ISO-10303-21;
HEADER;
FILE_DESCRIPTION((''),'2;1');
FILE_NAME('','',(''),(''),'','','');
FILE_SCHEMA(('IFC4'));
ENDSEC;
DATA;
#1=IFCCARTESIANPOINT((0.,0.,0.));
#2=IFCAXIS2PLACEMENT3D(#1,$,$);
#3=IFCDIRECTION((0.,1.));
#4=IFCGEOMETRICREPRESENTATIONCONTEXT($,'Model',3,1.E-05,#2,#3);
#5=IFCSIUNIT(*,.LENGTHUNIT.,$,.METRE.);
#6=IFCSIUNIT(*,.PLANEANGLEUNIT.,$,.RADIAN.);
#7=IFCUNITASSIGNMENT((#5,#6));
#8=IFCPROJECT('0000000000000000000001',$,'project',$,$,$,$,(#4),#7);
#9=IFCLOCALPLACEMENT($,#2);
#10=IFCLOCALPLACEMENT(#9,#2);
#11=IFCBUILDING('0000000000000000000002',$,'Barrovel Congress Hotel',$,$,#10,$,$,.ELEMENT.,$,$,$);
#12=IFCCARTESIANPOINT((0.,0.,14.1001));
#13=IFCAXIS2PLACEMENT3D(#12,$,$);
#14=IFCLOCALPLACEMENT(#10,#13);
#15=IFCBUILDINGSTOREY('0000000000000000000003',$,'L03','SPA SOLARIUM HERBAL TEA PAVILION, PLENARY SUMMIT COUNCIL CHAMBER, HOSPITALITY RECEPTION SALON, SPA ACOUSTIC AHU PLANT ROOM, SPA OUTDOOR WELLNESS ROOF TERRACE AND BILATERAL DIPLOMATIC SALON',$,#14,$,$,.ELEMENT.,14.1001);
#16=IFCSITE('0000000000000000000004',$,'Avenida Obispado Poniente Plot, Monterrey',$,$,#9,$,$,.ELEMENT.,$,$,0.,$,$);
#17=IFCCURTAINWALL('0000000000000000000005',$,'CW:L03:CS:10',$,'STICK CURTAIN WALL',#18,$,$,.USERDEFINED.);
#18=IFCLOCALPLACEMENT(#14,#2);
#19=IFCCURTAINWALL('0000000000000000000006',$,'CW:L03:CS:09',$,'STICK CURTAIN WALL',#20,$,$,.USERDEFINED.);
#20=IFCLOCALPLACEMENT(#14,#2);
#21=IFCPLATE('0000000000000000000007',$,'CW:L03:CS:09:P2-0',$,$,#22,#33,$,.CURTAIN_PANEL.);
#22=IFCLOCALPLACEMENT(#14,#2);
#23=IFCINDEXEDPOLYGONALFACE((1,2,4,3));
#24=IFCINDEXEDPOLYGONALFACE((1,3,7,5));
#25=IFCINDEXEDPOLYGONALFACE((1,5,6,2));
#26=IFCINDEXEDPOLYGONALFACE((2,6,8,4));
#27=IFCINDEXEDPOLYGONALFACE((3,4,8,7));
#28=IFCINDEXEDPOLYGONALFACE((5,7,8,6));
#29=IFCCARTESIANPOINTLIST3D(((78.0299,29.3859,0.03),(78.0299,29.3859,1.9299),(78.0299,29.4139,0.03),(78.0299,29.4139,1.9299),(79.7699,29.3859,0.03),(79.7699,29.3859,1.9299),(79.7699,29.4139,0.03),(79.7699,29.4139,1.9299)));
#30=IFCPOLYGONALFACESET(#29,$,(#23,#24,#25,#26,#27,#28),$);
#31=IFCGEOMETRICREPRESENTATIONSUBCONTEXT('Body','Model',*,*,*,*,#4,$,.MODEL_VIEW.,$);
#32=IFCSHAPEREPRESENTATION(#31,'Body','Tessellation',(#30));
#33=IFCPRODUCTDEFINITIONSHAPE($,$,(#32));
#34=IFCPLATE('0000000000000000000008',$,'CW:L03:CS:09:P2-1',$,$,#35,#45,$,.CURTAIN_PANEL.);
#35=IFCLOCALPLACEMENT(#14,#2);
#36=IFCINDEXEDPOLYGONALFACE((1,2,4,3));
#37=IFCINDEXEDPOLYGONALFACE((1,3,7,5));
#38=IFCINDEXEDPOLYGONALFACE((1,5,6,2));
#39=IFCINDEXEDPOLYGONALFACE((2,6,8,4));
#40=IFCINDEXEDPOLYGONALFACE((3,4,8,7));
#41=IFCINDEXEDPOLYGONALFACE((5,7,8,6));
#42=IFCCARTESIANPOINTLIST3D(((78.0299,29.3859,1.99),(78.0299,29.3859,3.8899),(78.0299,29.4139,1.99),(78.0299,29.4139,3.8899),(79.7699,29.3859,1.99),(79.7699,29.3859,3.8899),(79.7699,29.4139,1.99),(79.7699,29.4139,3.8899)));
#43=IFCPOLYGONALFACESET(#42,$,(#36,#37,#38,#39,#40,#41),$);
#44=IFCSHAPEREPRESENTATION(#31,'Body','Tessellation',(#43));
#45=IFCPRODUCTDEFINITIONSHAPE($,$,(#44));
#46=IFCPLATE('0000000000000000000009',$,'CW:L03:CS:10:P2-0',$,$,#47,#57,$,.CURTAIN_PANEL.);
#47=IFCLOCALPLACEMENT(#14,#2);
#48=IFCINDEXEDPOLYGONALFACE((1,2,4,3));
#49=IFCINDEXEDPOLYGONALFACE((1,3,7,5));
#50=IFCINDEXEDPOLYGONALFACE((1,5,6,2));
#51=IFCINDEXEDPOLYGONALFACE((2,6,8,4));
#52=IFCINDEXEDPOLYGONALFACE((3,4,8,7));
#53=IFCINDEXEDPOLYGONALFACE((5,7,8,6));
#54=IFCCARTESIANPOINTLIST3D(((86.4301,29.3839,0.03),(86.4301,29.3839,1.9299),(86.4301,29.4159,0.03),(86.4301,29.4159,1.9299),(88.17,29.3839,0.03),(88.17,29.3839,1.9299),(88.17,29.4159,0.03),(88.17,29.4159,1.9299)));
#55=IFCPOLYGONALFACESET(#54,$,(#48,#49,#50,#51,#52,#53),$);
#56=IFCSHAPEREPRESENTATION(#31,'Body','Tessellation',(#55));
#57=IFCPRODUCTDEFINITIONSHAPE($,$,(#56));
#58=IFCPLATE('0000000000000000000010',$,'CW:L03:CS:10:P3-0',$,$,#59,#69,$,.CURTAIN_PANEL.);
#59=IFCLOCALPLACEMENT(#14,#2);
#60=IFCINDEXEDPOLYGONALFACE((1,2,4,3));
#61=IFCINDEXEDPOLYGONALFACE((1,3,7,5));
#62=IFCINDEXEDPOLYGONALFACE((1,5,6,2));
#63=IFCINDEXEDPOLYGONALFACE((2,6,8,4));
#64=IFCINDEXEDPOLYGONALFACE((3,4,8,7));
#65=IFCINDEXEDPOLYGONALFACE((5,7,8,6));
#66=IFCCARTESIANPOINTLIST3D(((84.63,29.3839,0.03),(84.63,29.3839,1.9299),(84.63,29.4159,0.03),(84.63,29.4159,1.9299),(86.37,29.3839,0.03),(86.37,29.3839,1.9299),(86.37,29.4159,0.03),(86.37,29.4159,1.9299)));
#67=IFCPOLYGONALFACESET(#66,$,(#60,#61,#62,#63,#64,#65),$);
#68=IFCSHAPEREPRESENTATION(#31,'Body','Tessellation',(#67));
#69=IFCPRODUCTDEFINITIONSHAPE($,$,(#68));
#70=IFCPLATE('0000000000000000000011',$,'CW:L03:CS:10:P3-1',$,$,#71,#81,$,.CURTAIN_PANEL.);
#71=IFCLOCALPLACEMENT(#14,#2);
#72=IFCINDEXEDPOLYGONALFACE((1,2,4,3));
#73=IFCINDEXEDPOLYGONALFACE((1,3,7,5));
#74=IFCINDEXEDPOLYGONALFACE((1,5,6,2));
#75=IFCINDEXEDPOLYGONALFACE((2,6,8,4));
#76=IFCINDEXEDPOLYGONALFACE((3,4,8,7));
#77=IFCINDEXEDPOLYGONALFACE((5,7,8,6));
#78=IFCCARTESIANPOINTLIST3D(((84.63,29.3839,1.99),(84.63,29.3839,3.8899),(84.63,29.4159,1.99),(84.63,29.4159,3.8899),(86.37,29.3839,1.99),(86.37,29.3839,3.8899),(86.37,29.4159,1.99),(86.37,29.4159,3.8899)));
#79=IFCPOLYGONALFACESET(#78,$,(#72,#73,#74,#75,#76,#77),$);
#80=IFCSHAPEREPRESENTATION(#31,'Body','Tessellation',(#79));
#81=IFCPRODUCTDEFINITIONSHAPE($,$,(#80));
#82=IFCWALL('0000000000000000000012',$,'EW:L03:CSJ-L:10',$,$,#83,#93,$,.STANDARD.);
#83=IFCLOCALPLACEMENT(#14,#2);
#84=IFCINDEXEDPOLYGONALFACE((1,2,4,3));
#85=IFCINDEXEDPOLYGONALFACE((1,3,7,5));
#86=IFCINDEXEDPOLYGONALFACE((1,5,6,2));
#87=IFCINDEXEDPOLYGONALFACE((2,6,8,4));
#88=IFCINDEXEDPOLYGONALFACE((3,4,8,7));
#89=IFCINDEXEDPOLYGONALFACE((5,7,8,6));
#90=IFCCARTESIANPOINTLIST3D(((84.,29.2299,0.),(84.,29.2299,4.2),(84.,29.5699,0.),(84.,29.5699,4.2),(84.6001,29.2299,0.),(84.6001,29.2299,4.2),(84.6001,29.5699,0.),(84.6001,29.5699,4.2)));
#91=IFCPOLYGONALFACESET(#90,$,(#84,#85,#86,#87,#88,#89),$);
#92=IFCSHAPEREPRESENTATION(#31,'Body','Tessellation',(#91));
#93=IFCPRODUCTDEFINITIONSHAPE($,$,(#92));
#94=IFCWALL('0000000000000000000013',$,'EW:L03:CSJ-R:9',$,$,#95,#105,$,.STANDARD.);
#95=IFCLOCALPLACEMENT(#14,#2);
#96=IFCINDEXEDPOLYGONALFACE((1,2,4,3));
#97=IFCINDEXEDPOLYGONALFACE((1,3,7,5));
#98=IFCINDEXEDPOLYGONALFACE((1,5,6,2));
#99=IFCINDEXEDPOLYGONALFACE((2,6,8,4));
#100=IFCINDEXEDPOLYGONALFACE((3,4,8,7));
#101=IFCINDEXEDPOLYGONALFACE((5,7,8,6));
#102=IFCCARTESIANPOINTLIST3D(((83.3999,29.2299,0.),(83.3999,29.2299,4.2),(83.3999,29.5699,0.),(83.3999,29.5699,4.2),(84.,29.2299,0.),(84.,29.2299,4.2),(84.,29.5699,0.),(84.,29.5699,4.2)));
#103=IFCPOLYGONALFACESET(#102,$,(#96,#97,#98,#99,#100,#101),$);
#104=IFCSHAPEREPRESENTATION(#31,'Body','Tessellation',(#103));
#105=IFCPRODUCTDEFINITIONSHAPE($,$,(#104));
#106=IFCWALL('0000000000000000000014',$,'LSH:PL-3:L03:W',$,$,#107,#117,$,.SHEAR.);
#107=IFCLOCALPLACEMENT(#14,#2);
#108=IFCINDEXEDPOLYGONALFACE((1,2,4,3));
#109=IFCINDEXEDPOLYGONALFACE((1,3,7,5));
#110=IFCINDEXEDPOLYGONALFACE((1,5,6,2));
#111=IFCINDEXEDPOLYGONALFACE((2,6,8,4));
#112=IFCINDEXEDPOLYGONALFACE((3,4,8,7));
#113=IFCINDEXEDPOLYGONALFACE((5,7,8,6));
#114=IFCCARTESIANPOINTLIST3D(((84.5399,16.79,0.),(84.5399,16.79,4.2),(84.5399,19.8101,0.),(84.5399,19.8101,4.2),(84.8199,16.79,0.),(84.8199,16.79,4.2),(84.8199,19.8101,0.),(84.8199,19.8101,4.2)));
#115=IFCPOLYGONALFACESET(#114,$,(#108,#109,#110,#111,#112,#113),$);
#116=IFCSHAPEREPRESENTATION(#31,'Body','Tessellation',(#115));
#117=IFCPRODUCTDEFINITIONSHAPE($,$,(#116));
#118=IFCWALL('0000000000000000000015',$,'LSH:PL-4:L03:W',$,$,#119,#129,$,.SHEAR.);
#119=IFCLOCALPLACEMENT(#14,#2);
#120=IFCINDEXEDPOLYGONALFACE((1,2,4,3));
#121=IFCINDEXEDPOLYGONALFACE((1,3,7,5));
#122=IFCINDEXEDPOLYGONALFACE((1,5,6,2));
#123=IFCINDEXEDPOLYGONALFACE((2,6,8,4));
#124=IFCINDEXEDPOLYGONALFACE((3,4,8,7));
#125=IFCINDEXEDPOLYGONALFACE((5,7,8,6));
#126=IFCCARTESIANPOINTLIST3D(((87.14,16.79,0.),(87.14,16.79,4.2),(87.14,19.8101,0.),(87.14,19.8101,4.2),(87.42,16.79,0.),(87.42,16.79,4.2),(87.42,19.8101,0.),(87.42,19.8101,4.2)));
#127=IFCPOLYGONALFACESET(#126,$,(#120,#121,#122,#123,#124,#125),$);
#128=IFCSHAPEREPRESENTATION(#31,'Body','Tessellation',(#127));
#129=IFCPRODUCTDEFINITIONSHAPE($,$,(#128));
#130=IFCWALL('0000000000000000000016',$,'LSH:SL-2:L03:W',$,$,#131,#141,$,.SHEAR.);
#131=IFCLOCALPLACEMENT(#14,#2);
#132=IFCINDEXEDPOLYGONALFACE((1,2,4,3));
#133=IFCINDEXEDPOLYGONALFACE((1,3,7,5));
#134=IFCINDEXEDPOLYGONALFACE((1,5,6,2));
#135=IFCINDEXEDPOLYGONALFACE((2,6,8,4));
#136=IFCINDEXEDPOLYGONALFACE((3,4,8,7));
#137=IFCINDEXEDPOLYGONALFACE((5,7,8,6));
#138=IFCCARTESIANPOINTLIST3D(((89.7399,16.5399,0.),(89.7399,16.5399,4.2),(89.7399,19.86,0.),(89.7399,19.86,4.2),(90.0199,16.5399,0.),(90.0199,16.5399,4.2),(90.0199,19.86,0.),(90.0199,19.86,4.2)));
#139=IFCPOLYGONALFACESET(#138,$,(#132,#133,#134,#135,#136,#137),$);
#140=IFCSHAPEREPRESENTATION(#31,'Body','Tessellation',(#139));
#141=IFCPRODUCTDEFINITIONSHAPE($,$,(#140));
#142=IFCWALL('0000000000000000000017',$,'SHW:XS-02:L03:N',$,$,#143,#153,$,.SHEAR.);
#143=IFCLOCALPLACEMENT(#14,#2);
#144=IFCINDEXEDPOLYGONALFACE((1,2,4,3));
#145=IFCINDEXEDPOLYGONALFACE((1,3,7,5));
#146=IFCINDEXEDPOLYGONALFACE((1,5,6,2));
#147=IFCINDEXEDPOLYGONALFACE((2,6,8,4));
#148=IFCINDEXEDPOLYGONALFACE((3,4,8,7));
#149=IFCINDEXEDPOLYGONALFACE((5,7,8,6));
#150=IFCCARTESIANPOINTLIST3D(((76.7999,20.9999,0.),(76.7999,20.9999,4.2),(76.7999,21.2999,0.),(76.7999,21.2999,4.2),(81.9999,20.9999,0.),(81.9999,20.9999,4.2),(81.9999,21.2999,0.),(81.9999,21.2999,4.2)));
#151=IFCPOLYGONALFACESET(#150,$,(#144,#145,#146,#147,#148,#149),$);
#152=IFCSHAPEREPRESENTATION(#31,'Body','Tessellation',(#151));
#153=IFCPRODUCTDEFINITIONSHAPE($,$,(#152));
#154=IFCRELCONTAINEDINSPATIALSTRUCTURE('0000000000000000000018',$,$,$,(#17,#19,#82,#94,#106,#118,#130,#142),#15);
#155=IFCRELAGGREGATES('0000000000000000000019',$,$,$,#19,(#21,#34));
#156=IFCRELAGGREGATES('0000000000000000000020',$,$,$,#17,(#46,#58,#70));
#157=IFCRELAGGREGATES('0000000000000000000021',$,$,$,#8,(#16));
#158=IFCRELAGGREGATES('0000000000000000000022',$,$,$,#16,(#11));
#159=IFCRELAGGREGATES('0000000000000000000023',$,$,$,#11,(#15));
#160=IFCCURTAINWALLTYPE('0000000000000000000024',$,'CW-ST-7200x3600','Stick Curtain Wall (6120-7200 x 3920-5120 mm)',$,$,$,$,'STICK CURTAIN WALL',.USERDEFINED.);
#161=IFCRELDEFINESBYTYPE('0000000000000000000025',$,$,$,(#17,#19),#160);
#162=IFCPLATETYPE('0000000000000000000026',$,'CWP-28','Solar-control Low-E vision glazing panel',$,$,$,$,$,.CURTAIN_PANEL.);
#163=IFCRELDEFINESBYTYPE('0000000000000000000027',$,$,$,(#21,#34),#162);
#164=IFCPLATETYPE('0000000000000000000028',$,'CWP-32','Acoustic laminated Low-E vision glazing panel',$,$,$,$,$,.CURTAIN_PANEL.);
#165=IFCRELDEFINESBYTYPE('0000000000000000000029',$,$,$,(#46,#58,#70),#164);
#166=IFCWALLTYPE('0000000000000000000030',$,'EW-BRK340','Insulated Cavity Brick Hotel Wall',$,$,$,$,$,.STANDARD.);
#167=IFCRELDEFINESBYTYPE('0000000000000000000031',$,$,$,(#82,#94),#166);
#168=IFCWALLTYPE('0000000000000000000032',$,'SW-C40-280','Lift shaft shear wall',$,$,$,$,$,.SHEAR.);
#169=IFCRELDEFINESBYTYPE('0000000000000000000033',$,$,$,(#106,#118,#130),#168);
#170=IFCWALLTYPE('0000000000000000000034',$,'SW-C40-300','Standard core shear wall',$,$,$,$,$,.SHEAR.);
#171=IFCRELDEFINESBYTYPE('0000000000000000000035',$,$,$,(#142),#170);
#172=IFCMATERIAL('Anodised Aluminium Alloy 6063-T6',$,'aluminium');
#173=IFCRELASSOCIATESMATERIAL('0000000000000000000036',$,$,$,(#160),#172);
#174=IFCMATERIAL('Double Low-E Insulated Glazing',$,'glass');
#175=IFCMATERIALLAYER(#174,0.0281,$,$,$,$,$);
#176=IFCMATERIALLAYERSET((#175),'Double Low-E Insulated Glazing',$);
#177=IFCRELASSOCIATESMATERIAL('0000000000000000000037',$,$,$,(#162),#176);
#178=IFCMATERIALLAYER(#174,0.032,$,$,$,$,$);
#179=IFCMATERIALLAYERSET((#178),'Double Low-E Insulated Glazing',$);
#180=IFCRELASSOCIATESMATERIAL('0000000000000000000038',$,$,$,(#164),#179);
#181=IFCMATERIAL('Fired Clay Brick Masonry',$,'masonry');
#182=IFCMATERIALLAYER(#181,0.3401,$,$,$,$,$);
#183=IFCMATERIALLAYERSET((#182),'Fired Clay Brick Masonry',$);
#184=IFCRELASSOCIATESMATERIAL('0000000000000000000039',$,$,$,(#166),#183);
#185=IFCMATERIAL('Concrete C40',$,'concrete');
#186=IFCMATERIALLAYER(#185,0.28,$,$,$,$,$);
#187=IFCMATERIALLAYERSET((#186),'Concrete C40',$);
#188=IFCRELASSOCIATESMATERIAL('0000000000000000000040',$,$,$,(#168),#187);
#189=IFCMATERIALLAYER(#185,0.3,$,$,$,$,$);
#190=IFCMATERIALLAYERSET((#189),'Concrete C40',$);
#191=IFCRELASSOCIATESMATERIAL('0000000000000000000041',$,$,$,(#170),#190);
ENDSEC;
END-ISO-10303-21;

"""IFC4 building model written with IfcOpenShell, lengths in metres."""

from ifc_helpers import new_model, si_unit, direction, frame, frame_2d, origin, origin_2d, place, context, subcontext, project, spatial, rectangle, extrude, material, layer, layer_set, type_object, element, aggregate, save


model = new_model("IFC4")

# Units and contexts
model_context = context("Model", 3, precision=1e-05, world=origin(), true_north=direction((0.0, 1.0)))
body_context = subcontext(model_context, "Body", "Model", "MODEL_VIEW")
ifc_project = project(units=[si_unit("LENGTHUNIT", "METRE"), si_unit("PLANEANGLEUNIT", "RADIAN")], contexts=[model_context])

# Site, building, storey
site_placement = place(None, origin())
site = spatial("IfcSite", under=ifc_project, at=site_placement, Name="Avenida Obispado Poniente Plot, Monterrey", CompositionType="ELEMENT", RefElevation=0.0)
building_placement = place(site_placement, origin())
building = spatial("IfcBuilding", under=site, at=building_placement, Name="Barrovel Congress Hotel", CompositionType="ELEMENT")
storey_placement = place(building_placement, frame((0.0, 0.0, 14.1001)))
storey = spatial("IfcBuildingStorey", under=building, at=storey_placement, Name="L03", Description="SPA SOLARIUM HERBAL TEA PAVILION, PLENARY SUMMIT COUNCIL CHAMBER, HOSPITALITY RECEPTION SALON, SPA ACOUSTIC AHU PLANT ROOM, SPA OUTDOOR WELLNESS ROOF TERRACE AND BILATERAL DIPLOMATIC SALON", CompositionType="ELEMENT", Elevation=14.1001)

# Shared definitions
ifc_material_1 = material(Name="Concrete C40", Category="concrete")

# Curtain walls
ifc_material_2 = material(Name="Anodised Aluminium Alloy 6063-T6", Category="aluminium")
curtain_wall_type = type_object("IfcCurtainWallType", Name="CW-ST-7200x3600", Description="Stick Curtain Wall (6120-7200 x 3920-5120 mm)", ElementType="STICK CURTAIN WALL", PredefinedType="USERDEFINED", material=ifc_material_2)
curtain_wall_1_placement = place(storey_placement, origin())
curtain_wall_1 = element("IfcCurtainWall", 1, at=curtain_wall_1_placement, inside=storey, type_object=curtain_wall_type, Name="CW:L03:CS:10", ObjectType="STICK CURTAIN WALL", PredefinedType="USERDEFINED")
curtain_wall_2_placement = place(storey_placement, origin())
curtain_wall_2 = element("IfcCurtainWall", 2, at=curtain_wall_2_placement, inside=storey, type_object=curtain_wall_type, Name="CW:L03:CS:09", ObjectType="STICK CURTAIN WALL", PredefinedType="USERDEFINED")

# Plates
ifc_material_3 = material(Name="Double Low-E Insulated Glazing", Category="glass")
ifc_layer_1 = layer(ifc_material_3, 0.0281)
ifc_layer_set_1 = layer_set([ifc_layer_1], Name="Double Low-E Insulated Glazing")
plate_type_1 = type_object("IfcPlateType", Name="CWP-28", Description="Solar-control Low-E vision glazing panel", PredefinedType="CURTAIN_PANEL", material=ifc_layer_set_1)
plate_1_placement = place(storey_placement, frame((78.8999, 29.3999, 0.03), z_axis=(0.0, 0.0, 1.0), x_axis=(-1.0, 0.0, 0.0)))
plate_1 = element("IfcPlate", 3, at=plate_1_placement, type_object=plate_type_1, Name="CW:L03:CS:09:P2-0", PredefinedType="CURTAIN_PANEL", context=body_context, shape_type="SweptSolid", body=[
    extrude(rectangle(XDim=1.74, YDim=0.0281, at=origin_2d()), origin(), (0.0, 0.0, 1.0), 1.8999),
])
plate_2_placement = place(storey_placement, frame((78.8999, 29.3999, 1.99), z_axis=(0.0, 0.0, 1.0), x_axis=(-1.0, 0.0, 0.0)))
plate_2 = element("IfcPlate", 4, at=plate_2_placement, type_object=plate_type_1, Name="CW:L03:CS:09:P2-1", PredefinedType="CURTAIN_PANEL", context=body_context, shape_type="SweptSolid", body=[
    extrude(rectangle(XDim=1.74, YDim=0.0281, at=origin_2d()), origin(), (0.0, 0.0, 1.0), 1.8999),
])
aggregate(curtain_wall_2, [plate_1, plate_2])
ifc_layer_2 = layer(ifc_material_3, 0.032)
ifc_layer_set_2 = layer_set([ifc_layer_2], Name="Double Low-E Insulated Glazing")
plate_type_2 = type_object("IfcPlateType", Name="CWP-32", Description="Acoustic laminated Low-E vision glazing panel", PredefinedType="CURTAIN_PANEL", material=ifc_layer_set_2)
plate_3_placement = place(storey_placement, frame((87.3, 29.3999, 0.03), z_axis=(0.0, 0.0, 1.0), x_axis=(-1.0, 0.0, 0.0)))
plate_3 = element("IfcPlate", 5, at=plate_3_placement, type_object=plate_type_2, Name="CW:L03:CS:10:P2-0", PredefinedType="CURTAIN_PANEL", context=body_context, shape_type="SweptSolid", body=[
    extrude(rectangle(XDim=1.74, YDim=0.032, at=origin_2d()), origin(), (0.0, 0.0, 1.0), 1.8999),
])
plate_4_placement = place(storey_placement, frame((85.5, 29.3999, 0.03), z_axis=(0.0, 0.0, 1.0), x_axis=(-1.0, 0.0, 0.0)))
plate_4 = element("IfcPlate", 6, at=plate_4_placement, type_object=plate_type_2, Name="CW:L03:CS:10:P3-0", PredefinedType="CURTAIN_PANEL", context=body_context, shape_type="SweptSolid", body=[
    extrude(rectangle(XDim=1.74, YDim=0.032, at=origin_2d()), origin(), (0.0, 0.0, 1.0), 1.8999),
])
plate_5_placement = place(storey_placement, frame((85.5, 29.3999, 1.99), z_axis=(0.0, 0.0, 1.0), x_axis=(-1.0, 0.0, 0.0)))
plate_5 = element("IfcPlate", 7, at=plate_5_placement, type_object=plate_type_2, Name="CW:L03:CS:10:P3-1", PredefinedType="CURTAIN_PANEL", context=body_context, shape_type="SweptSolid", body=[
    extrude(rectangle(XDim=1.74, YDim=0.032, at=origin_2d()), origin(), (0.0, 0.0, 1.0), 1.8999),
])
aggregate(curtain_wall_1, [plate_3, plate_4, plate_5])

# Walls
ifc_material_4 = material(Name="Fired Clay Brick Masonry", Category="masonry")
ifc_layer_3 = layer(ifc_material_4, 0.3401)
ifc_layer_set_3 = layer_set([ifc_layer_3], Name="Fired Clay Brick Masonry")
wall_type_1 = type_object("IfcWallType", Name="EW-BRK340", Description="Insulated Cavity Brick Hotel Wall", PredefinedType="STANDARD", material=ifc_layer_set_3)
for number, where, z_axis, x_axis, name in (
    (8, (84.6001, 29.3999, 0.0), (0.0, 0.0, 1.0), (-1.0, 0.0, 0.0), "EW:L03:CSJ-L:10"),
    (9, (84.0, 29.3999, 0.0), (0.0, 0.0, 1.0), (-1.0, 0.0, 0.0), "EW:L03:CSJ-R:9"),
):
    element("IfcWall", number, at=place(storey_placement, frame(where, z_axis=z_axis, x_axis=x_axis)), inside=storey, type_object=wall_type_1, Name=name, PredefinedType="STANDARD", context=body_context, shape_type="SweptSolid", body=[
        extrude(rectangle(XDim=0.6001, YDim=0.3401, at=frame_2d((0.3, 0.0))), origin(), (0.0, 0.0, 1.0), 4.2),
    ])
ifc_layer_4 = layer(ifc_material_1, 0.28)
ifc_layer_set_4 = layer_set([ifc_layer_4], Name="Concrete C40")
wall_type_2 = type_object("IfcWallType", Name="SW-C40-280", Description="Lift shaft shear wall", PredefinedType="SHEAR", material=ifc_layer_set_4)
for number, where, z_axis, x_axis, name in (
    (10, (84.6799, 19.8101, 0.0), (0.0, 0.0, 1.0), (0.0, -1.0, 0.0), "LSH:PL-3:L03:W"),
    (11, (87.28, 19.8101, 0.0), (0.0, 0.0, 1.0), (0.0, -1.0, 0.0), "LSH:PL-4:L03:W"),
):
    element("IfcWall", number, at=place(storey_placement, frame(where, z_axis=z_axis, x_axis=x_axis)), inside=storey, type_object=wall_type_2, Name=name, PredefinedType="SHEAR", context=body_context, shape_type="SweptSolid", body=[
        extrude(rectangle(XDim=3.02, YDim=0.28, at=frame_2d((1.51, 0.0))), origin(), (0.0, 0.0, 1.0), 4.2),
    ])
wall_1_placement = place(storey_placement, frame((89.8799, 19.8601, 0.0), z_axis=(0.0, 0.0, 1.0), x_axis=(0.0, -1.0, 0.0)))
element("IfcWall", 12, at=wall_1_placement, inside=storey, type_object=wall_type_2, Name="LSH:SL-2:L03:W", PredefinedType="SHEAR", context=body_context, shape_type="SweptSolid", body=[
    extrude(rectangle(XDim=3.3201, YDim=0.28, at=frame_2d((1.6602, 0.0))), origin(), (0.0, 0.0, 1.0), 4.2),
])
ifc_layer_5 = layer(ifc_material_1, 0.3)
ifc_layer_set_5 = layer_set([ifc_layer_5], Name="Concrete C40")
wall_type_3 = type_object("IfcWallType", Name="SW-C40-300", Description="Standard core shear wall", PredefinedType="SHEAR", material=ifc_layer_set_5)
wall_2_placement = place(storey_placement, frame((82.0, 21.1499, 0.0), z_axis=(0.0, 0.0, 1.0), x_axis=(-1.0, 0.0, 0.0)))
element("IfcWall", 13, at=wall_2_placement, inside=storey, type_object=wall_type_3, Name="SHW:XS-02:L03:N", PredefinedType="SHEAR", context=body_context, shape_type="SweptSolid", body=[
    extrude(rectangle(XDim=5.2, YDim=0.3, at=frame_2d((2.6001, 0.0))), origin(), (0.0, 0.0, 1.0), 4.2),
])

save(model, "model.ifc")
